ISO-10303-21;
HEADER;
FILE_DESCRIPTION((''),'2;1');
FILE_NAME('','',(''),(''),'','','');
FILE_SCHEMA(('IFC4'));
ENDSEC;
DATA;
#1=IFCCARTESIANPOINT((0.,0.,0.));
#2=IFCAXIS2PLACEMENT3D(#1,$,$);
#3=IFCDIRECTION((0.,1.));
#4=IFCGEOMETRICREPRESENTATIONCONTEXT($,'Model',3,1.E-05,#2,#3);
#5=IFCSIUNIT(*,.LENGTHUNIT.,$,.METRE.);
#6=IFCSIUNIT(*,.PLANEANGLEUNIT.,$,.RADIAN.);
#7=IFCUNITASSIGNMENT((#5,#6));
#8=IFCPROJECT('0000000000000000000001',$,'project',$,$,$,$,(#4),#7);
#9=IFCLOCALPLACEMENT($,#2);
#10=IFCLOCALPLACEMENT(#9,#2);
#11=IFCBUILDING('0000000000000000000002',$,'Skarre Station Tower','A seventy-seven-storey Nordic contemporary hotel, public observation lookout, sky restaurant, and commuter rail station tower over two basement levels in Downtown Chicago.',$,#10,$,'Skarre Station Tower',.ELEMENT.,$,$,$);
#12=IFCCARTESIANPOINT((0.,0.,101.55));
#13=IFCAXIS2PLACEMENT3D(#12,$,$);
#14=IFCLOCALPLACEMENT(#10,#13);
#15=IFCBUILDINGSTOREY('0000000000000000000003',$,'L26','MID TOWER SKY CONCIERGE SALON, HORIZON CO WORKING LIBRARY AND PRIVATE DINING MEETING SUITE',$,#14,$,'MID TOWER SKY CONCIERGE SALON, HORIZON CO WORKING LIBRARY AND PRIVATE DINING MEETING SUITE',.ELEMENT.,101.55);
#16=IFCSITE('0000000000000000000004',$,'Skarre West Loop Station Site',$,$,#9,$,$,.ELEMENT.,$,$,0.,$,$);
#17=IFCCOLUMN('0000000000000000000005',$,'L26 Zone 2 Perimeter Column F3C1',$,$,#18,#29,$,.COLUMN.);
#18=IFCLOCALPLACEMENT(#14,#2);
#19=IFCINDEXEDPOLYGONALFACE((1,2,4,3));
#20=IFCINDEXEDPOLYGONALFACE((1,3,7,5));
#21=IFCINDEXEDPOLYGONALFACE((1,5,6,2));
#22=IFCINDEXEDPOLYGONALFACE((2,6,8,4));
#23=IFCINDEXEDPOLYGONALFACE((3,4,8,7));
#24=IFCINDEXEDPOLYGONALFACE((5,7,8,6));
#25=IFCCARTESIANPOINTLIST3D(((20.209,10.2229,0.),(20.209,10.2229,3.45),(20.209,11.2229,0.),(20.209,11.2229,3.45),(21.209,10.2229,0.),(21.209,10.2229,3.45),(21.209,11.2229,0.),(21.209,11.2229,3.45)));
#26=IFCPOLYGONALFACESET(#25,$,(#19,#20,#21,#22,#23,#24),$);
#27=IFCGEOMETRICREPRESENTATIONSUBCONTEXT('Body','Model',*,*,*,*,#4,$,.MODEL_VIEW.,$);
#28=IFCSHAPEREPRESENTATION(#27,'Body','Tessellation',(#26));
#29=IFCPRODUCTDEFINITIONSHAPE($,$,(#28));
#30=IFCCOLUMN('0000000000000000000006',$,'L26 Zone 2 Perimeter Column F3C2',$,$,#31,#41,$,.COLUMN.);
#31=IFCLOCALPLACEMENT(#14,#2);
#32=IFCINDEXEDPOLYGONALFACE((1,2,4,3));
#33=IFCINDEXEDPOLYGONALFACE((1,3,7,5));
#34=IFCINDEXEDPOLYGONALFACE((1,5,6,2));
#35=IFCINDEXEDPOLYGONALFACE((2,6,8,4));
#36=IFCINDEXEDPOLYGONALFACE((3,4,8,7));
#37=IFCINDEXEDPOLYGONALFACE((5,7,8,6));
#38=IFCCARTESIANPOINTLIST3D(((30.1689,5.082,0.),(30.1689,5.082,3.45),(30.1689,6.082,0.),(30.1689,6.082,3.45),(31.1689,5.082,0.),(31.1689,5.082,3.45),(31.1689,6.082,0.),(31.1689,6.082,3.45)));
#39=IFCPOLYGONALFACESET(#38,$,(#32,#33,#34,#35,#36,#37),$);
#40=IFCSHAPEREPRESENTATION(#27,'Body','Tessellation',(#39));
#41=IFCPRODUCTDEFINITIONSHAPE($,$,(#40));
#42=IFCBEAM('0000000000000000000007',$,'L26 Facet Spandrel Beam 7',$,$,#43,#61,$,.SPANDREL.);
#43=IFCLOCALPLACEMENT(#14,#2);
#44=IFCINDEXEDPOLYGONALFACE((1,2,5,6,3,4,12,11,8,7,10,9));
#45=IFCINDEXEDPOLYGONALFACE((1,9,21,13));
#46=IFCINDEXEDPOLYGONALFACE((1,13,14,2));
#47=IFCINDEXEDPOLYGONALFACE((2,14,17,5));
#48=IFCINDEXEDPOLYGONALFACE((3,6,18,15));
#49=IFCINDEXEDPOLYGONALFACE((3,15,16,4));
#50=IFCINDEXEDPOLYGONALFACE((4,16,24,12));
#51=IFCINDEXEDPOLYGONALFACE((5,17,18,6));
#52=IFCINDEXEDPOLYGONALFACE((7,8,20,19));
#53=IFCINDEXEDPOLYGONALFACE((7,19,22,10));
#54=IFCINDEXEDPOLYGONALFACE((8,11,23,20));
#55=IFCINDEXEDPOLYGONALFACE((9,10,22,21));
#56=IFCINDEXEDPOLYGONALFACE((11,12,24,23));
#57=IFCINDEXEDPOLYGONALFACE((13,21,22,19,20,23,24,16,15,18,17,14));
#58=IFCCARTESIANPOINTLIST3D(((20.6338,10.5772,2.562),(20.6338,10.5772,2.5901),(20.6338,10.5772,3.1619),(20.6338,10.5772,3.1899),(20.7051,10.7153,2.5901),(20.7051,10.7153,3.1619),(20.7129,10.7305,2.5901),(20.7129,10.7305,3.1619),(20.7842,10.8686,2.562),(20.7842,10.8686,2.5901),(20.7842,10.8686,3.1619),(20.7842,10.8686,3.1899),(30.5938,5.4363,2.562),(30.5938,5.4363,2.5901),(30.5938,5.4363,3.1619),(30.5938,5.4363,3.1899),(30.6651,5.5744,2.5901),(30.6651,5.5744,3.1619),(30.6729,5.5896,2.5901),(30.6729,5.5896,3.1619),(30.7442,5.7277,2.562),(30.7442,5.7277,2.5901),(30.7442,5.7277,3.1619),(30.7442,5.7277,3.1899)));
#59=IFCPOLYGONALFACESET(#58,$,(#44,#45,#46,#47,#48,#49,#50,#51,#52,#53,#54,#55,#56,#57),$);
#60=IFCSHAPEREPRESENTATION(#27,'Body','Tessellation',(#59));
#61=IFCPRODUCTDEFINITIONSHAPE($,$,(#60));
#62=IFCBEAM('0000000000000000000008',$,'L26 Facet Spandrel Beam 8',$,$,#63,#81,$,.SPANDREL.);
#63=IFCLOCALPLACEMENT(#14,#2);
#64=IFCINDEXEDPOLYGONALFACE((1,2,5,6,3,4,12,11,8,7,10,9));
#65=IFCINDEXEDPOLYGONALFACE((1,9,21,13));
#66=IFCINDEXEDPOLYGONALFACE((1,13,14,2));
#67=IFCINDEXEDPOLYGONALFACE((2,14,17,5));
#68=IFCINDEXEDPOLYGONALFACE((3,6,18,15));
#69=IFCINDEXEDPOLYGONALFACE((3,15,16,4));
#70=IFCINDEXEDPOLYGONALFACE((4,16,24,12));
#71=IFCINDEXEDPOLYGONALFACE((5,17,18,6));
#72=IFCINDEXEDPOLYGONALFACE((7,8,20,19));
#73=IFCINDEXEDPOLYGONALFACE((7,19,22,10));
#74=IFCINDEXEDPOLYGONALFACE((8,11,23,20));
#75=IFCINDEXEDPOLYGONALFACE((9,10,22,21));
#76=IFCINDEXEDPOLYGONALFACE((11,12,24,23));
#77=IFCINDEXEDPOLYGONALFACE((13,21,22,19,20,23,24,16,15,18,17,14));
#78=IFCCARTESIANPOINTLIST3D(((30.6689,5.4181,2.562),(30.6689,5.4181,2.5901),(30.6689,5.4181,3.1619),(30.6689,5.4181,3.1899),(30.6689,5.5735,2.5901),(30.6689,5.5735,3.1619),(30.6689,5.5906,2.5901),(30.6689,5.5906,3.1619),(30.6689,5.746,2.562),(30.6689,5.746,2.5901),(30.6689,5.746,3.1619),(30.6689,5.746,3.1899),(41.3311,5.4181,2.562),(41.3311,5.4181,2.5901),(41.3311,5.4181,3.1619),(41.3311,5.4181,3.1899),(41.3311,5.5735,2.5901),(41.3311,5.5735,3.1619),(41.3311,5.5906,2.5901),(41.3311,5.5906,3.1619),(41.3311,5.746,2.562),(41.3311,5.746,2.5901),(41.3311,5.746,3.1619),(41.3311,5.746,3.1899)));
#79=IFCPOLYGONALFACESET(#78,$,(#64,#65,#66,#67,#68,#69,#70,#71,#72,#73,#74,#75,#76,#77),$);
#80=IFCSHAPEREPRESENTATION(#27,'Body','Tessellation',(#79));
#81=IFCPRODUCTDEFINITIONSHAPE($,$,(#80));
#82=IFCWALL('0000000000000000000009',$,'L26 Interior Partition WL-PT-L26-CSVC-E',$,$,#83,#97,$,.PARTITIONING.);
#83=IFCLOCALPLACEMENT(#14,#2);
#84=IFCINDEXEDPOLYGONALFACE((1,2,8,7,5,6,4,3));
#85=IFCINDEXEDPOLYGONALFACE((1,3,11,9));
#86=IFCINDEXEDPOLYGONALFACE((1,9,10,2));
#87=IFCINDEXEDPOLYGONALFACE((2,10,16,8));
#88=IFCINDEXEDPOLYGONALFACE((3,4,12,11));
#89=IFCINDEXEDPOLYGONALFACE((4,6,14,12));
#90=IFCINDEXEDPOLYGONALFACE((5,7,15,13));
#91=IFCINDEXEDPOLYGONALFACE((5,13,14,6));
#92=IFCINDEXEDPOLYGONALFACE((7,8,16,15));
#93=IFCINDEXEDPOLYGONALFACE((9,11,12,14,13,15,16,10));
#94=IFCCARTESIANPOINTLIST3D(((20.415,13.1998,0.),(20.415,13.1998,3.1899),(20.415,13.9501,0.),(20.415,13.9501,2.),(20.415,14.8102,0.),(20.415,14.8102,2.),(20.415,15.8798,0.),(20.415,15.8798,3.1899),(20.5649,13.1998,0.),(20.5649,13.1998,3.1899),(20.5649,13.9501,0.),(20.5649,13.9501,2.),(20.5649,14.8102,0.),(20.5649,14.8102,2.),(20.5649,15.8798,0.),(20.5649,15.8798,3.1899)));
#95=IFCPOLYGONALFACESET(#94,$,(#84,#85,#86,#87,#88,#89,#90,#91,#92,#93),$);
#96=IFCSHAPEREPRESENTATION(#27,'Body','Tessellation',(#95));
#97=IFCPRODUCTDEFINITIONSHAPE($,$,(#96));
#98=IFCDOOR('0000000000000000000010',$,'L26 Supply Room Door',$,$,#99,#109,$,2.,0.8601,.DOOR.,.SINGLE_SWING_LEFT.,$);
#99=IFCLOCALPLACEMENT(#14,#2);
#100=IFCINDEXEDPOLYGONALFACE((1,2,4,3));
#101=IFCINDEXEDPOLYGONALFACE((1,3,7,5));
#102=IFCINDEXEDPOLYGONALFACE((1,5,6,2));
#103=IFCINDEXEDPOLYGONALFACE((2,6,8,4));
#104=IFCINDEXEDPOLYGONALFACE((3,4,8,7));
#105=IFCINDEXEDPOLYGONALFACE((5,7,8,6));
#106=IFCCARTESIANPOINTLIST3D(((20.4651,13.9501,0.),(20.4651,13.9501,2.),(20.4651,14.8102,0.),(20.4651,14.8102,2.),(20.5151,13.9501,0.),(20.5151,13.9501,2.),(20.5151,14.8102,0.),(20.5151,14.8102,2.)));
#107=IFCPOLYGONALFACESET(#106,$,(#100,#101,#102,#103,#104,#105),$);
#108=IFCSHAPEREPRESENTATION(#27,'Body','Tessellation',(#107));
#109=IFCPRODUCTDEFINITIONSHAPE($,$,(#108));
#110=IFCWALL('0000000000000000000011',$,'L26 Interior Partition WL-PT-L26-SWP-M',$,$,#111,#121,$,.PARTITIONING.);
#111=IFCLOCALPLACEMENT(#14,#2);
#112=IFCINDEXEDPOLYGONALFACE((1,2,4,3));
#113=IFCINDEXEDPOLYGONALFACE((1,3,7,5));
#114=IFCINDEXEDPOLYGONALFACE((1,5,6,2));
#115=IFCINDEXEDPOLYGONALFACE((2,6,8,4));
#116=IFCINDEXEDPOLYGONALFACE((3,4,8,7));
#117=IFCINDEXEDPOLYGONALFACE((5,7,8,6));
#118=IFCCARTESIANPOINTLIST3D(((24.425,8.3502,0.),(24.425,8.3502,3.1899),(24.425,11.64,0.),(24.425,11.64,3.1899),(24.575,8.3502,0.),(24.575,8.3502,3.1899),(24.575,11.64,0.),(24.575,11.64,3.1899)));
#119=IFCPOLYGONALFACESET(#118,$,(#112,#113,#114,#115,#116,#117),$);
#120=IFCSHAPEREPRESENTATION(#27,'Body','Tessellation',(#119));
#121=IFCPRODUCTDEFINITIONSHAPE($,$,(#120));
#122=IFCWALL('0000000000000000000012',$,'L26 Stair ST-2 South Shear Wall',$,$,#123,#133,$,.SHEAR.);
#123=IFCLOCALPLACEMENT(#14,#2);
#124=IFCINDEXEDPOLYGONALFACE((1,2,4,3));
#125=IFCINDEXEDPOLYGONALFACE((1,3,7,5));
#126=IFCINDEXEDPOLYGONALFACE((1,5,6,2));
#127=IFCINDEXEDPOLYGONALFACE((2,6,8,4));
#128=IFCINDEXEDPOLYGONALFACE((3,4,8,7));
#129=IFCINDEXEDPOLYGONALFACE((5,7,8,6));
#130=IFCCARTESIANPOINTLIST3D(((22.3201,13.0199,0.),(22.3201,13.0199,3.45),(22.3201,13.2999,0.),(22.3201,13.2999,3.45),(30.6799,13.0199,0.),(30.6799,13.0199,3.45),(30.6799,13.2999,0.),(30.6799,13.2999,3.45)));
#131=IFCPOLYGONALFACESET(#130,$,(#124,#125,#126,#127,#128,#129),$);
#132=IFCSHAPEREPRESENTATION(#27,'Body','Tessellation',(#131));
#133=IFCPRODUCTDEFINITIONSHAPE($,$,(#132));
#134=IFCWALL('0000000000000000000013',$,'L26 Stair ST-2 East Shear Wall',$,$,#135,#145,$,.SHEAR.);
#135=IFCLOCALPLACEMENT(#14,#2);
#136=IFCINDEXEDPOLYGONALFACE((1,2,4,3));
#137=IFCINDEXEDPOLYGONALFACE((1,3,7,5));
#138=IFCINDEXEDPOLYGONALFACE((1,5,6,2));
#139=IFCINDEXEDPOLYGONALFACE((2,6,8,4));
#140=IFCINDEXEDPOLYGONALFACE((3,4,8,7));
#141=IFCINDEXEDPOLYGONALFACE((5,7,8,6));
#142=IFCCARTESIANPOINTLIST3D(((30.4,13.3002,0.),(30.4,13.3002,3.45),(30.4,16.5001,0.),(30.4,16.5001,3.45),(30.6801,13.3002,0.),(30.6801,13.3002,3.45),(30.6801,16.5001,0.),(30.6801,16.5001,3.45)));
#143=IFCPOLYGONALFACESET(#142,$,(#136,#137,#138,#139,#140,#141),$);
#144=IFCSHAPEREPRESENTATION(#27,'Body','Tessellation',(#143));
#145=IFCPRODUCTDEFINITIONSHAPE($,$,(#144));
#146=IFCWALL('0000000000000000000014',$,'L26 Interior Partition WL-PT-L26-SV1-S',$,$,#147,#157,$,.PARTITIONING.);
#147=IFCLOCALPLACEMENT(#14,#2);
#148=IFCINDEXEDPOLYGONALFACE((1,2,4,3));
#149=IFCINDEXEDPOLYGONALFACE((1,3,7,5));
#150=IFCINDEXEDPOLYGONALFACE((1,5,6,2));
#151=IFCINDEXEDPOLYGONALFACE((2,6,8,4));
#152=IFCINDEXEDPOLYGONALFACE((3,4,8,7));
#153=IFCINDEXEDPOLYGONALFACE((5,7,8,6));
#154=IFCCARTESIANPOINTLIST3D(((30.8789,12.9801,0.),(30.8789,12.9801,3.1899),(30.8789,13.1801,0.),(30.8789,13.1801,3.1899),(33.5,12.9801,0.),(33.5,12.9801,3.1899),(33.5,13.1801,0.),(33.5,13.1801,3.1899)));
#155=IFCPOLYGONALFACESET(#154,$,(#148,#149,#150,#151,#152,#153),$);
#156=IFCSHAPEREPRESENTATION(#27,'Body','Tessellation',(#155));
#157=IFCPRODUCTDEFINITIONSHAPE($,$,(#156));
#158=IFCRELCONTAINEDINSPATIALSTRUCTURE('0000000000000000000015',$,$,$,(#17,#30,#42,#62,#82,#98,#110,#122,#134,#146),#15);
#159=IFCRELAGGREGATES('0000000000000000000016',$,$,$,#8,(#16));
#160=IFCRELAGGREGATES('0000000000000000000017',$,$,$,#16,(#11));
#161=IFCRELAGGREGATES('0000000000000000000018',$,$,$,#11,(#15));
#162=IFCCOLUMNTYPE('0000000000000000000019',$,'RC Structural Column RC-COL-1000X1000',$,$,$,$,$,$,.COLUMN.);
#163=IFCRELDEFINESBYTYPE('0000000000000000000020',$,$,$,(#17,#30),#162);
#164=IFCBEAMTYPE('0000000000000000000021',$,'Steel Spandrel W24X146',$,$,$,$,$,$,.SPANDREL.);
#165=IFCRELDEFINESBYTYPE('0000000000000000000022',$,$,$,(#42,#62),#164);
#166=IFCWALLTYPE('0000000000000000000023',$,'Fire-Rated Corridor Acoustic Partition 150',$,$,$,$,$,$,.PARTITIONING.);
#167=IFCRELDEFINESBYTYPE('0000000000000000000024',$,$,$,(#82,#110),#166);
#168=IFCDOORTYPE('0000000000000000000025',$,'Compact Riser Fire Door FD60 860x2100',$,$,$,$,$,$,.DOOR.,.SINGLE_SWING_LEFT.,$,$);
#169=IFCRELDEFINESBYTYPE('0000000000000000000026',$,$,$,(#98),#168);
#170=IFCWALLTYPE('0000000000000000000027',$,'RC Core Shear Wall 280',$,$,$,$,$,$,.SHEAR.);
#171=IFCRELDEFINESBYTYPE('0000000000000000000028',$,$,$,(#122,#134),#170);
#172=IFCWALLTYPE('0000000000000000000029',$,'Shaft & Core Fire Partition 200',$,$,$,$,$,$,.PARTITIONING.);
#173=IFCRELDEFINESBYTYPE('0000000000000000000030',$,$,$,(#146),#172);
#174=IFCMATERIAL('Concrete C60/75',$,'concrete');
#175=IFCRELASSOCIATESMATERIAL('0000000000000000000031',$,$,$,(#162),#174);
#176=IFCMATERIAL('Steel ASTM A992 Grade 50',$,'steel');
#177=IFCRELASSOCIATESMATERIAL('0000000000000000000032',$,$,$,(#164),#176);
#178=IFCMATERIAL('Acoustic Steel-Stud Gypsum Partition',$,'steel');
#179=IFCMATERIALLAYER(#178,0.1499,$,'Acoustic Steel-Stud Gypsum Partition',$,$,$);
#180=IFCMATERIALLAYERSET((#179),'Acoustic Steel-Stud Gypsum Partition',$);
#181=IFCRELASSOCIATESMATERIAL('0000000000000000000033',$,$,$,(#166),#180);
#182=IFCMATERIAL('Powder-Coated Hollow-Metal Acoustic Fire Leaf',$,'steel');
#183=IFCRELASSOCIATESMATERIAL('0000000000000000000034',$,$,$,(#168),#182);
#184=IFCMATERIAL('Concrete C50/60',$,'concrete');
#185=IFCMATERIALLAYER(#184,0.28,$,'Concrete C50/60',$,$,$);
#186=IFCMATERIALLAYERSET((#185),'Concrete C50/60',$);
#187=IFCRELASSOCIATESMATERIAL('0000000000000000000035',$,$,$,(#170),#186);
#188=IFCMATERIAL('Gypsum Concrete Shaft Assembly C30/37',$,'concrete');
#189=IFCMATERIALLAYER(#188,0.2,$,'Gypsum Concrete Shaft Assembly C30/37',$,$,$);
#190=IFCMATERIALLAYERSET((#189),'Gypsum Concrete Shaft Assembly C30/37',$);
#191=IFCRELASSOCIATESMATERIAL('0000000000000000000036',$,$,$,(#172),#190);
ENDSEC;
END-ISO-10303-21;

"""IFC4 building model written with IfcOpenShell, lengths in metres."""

from ifc_helpers import new_model, si_unit, direction, frame, frame_2d, origin, origin_2d, place, context, subcontext, project, spatial, rectangle, i_section, extrude, material, layer, layer_set, material_profile, profile_set, type_object, element, fill, save


model = new_model("IFC4")

# Units and contexts
model_context = context("Model", 3, precision=1e-05, world=origin(), true_north=direction((0.0, 1.0)))
body_context = subcontext(model_context, "Body", "Model", "MODEL_VIEW")
ifc_project = project(units=[si_unit("LENGTHUNIT", "METRE"), si_unit("PLANEANGLEUNIT", "RADIAN")], contexts=[model_context])

# Site, building, storey
site_placement = place(None, origin())
site = spatial("IfcSite", under=ifc_project, at=site_placement, Name="Skarre West Loop Station Site", CompositionType="ELEMENT", RefElevation=0.0)
building_placement = place(site_placement, origin())
building = spatial("IfcBuilding", under=site, at=building_placement, Name="Skarre Station Tower", Description="A seventy-seven-storey Nordic contemporary hotel, public observation lookout, sky restaurant, and commuter rail station tower over two basement levels in Downtown Chicago.", LongName="Skarre Station Tower", CompositionType="ELEMENT")
storey_placement = place(building_placement, frame((0.0, 0.0, 101.55)))
storey = spatial("IfcBuildingStorey", under=building, at=storey_placement, Name="L26", Description="MID TOWER SKY CONCIERGE SALON, HORIZON CO WORKING LIBRARY AND PRIVATE DINING MEETING SUITE", LongName="MID TOWER SKY CONCIERGE SALON, HORIZON CO WORKING LIBRARY AND PRIVATE DINING MEETING SUITE", CompositionType="ELEMENT", Elevation=101.55)

# Columns
ifc_material_1 = material(Name="Concrete C60/75", Category="concrete")
ifc_material_profile_1 = material_profile(ifc_material_1, rectangle(XDim=1.0, YDim=1.0, at=origin_2d()), Name="Concrete C60/75")
ifc_profile_set_1 = profile_set([ifc_material_profile_1], Name="Concrete C60/75")
column_type = type_object("IfcColumnType", Name="RC Structural Column RC-COL-1000X1000", PredefinedType="COLUMN", material=ifc_profile_set_1)
for number, where, z_axis, x_axis, name in (
    (1, (20.709, 10.7229, 0.0), (0.0, 0.0, 1.0), (1.0, 0.0, 0.0), "L26 Zone 2 Perimeter Column F3C1"),
    (2, (30.6689, 5.582, 0.0), (0.0, 0.0, 1.0), (1.0, 0.0, 0.0), "L26 Zone 2 Perimeter Column F3C2"),
):
    element("IfcColumn", number, at=place(storey_placement, frame(where, z_axis=z_axis, x_axis=x_axis)), inside=storey, type_object=column_type, Name=name, PredefinedType="COLUMN", context=body_context, shape_type="SweptSolid", body=[
        extrude(rectangle(XDim=1.0, YDim=1.0, at=origin_2d()), origin(), (0.0, 0.0, 1.0), 3.45),
    ])

# Beams
ifc_material_2 = material(Name="Steel ASTM A992 Grade 50", Category="steel")
ifc_material_profile_2 = material_profile(ifc_material_2, i_section(OverallWidth=0.3279, OverallDepth=0.6279, WebThickness=0.0171, FlangeThickness=0.0281, at=origin_2d()), Name="Steel ASTM A992 Grade 50")
ifc_profile_set_2 = profile_set([ifc_material_profile_2], Name="Steel ASTM A992 Grade 50")
beam_type = type_object("IfcBeamType", Name="Steel Spandrel W24X146", PredefinedType="SPANDREL", material=ifc_profile_set_2)
beam_1_placement = place(storey_placement, frame((20.709, 10.7229, 2.876), z_axis=(0.888612, -0.45866, 0.0), x_axis=(0.45866, 0.888612, 0.0)))
element("IfcBeam", 3, at=beam_1_placement, inside=storey, type_object=beam_type, Name="L26 Facet Spandrel Beam 7", PredefinedType="SPANDREL", context=body_context, shape_type="SweptSolid", body=[
    extrude(i_section(OverallWidth=0.3279, OverallDepth=0.6279, WebThickness=0.0171, FlangeThickness=0.0281, at=origin_2d()), origin(), (0.0, 0.0, 1.0), 11.2085),
])
beam_2_placement = place(storey_placement, frame((30.6689, 5.582, 2.876), z_axis=(1.0, 0.0, 0.0), x_axis=(0.0, 1.0, 0.0)))
element("IfcBeam", 4, at=beam_2_placement, inside=storey, type_object=beam_type, Name="L26 Facet Spandrel Beam 8", PredefinedType="SPANDREL", context=body_context, shape_type="SweptSolid", body=[
    extrude(i_section(OverallWidth=0.3279, OverallDepth=0.6279, WebThickness=0.0171, FlangeThickness=0.0281, at=origin_2d()), origin(), (0.0, 0.0, 1.0), 10.6621),
])

# Wall, opening, door
ifc_material_3 = material(Name="Acoustic Steel-Stud Gypsum Partition", Category="steel")
ifc_layer_1 = layer(ifc_material_3, 0.1499, Name="Acoustic Steel-Stud Gypsum Partition")
ifc_layer_set_1 = layer_set([ifc_layer_1], Name="Acoustic Steel-Stud Gypsum Partition")
wall_type_1 = type_object("IfcWallType", Name="Fire-Rated Corridor Acoustic Partition 150", PredefinedType="PARTITIONING", material=ifc_layer_set_1)
wall_1_placement = place(storey_placement, frame((20.49, 13.2, 0.0), z_axis=(0.0, 0.0, 1.0), x_axis=(0.0, 1.0, 0.0)))
wall_1 = element("IfcWall", 5, at=wall_1_placement, inside=storey, type_object=wall_type_1, Name="L26 Interior Partition WL-PT-L26-CSVC-E", PredefinedType="PARTITIONING", context=body_context, shape_type="SweptSolid", body=[
    extrude(rectangle(XDim=2.6799, YDim=0.1499, at=frame_2d((1.3398, 0.0))), origin(), (0.0, 0.0, 1.0), 3.1899),
])
opening_placement = place(wall_1_placement, frame((0.75, 0.0, 0.0)))
opening = element("IfcOpeningElement", 6, at=opening_placement, cuts=wall_1, PredefinedType="OPENING", context=body_context, shape_type="SweptSolid", body=[
    extrude(rectangle(XDim=0.8601, YDim=2.0, at=frame_2d((0.4302, 1.0))), frame((0.0, 0.085, 0.0), z_axis=(0.0, -1.0, 0.0), x_axis=(1.0, 0.0, 0.0)), (0.0, 0.0, 1.0), 0.1699),
])
ifc_material_4 = material(Name="Powder-Coated Hollow-Metal Acoustic Fire Leaf", Category="steel")
door_type = type_object("IfcDoorType", Name="Compact Riser Fire Door FD60 860x2100", OperationType="SINGLE_SWING_LEFT", PredefinedType="DOOR", material=ifc_material_4)
door_placement = place(opening_placement, origin())
door = element("IfcDoor", 7, at=door_placement, inside=storey, type_object=door_type, Name="L26 Supply Room Door", OperationType="SINGLE_SWING_LEFT", OverallHeight=2.0, OverallWidth=0.8601, PredefinedType="DOOR", context=body_context, shape_type="SweptSolid", body=[
    extrude(rectangle(XDim=0.8601, YDim=2.0, at=frame_2d((0.4302, 1.0))), frame((0.0, 0.0249, 0.0), z_axis=(0.0, -1.0, 0.0), x_axis=(1.0, 0.0, 0.0)), (0.0, 0.0, 1.0), 0.05),
])
fill(opening, door)

# Walls
wall_2_placement = place(storey_placement, frame((24.5, 8.3501, 0.0), z_axis=(0.0, 0.0, 1.0), x_axis=(0.0, 1.0, 0.0)))
element("IfcWall", 8, at=wall_2_placement, inside=storey, type_object=wall_type_1, Name="L26 Interior Partition WL-PT-L26-SWP-M", PredefinedType="PARTITIONING", context=body_context, shape_type="SweptSolid", body=[
    extrude(rectangle(XDim=3.2898, YDim=0.1499, at=frame_2d((1.645, 0.0))), origin(), (0.0, 0.0, 1.0), 3.1899),
])
ifc_material_5 = material(Name="Concrete C50/60", Category="concrete")
ifc_layer_2 = layer(ifc_material_5, 0.28, Name="Concrete C50/60")
ifc_layer_set_2 = layer_set([ifc_layer_2], Name="Concrete C50/60")
wall_type_2 = type_object("IfcWallType", Name="RC Core Shear Wall 280", PredefinedType="SHEAR", material=ifc_layer_set_2)
wall_3_placement = place(storey_placement, frame((22.3201, 13.1599, 0.0), z_axis=(0.0, 0.0, 1.0), x_axis=(1.0, 0.0, 0.0)))
element("IfcWall", 9, at=wall_3_placement, inside=storey, type_object=wall_type_2, Name="L26 Stair ST-2 South Shear Wall", PredefinedType="SHEAR", context=body_context, shape_type="SweptSolid", body=[
    extrude(rectangle(XDim=8.3599, YDim=0.28, at=frame_2d((4.1799, 0.0))), origin(), (0.0, 0.0, 1.0), 3.45),
])
wall_4_placement = place(storey_placement, frame((30.54, 13.3, 0.0), z_axis=(0.0, 0.0, 1.0), x_axis=(0.0, 1.0, 0.0)))
element("IfcWall", 10, at=wall_4_placement, inside=storey, type_object=wall_type_2, Name="L26 Stair ST-2 East Shear Wall", PredefinedType="SHEAR", context=body_context, shape_type="SweptSolid", body=[
    extrude(rectangle(XDim=3.2, YDim=0.28, at=frame_2d((1.6001, 0.0))), origin(), (0.0, 0.0, 1.0), 3.45),
])
ifc_material_6 = material(Name="Gypsum Concrete Shaft Assembly C30/37", Category="concrete")
ifc_layer_3 = layer(ifc_material_6, 0.2, Name="Gypsum Concrete Shaft Assembly C30/37")
ifc_layer_set_3 = layer_set([ifc_layer_3], Name="Gypsum Concrete Shaft Assembly C30/37")
wall_type_3 = type_object("IfcWallType", Name="Shaft & Core Fire Partition 200", PredefinedType="PARTITIONING", material=ifc_layer_set_3)
wall_5_placement = place(storey_placement, frame((30.8789, 13.0801, 0.0), z_axis=(0.0, 0.0, 1.0), x_axis=(1.0, 0.0, 0.0)))
element("IfcWall", 11, at=wall_5_placement, inside=storey, type_object=wall_type_3, Name="L26 Interior Partition WL-PT-L26-SV1-S", PredefinedType="PARTITIONING", context=body_context, shape_type="SweptSolid", body=[
    extrude(rectangle(XDim=2.6211, YDim=0.2, at=frame_2d((1.3105, 0.0))), origin(), (0.0, 0.0, 1.0), 3.1899),
])

save(model, "model.ifc")
